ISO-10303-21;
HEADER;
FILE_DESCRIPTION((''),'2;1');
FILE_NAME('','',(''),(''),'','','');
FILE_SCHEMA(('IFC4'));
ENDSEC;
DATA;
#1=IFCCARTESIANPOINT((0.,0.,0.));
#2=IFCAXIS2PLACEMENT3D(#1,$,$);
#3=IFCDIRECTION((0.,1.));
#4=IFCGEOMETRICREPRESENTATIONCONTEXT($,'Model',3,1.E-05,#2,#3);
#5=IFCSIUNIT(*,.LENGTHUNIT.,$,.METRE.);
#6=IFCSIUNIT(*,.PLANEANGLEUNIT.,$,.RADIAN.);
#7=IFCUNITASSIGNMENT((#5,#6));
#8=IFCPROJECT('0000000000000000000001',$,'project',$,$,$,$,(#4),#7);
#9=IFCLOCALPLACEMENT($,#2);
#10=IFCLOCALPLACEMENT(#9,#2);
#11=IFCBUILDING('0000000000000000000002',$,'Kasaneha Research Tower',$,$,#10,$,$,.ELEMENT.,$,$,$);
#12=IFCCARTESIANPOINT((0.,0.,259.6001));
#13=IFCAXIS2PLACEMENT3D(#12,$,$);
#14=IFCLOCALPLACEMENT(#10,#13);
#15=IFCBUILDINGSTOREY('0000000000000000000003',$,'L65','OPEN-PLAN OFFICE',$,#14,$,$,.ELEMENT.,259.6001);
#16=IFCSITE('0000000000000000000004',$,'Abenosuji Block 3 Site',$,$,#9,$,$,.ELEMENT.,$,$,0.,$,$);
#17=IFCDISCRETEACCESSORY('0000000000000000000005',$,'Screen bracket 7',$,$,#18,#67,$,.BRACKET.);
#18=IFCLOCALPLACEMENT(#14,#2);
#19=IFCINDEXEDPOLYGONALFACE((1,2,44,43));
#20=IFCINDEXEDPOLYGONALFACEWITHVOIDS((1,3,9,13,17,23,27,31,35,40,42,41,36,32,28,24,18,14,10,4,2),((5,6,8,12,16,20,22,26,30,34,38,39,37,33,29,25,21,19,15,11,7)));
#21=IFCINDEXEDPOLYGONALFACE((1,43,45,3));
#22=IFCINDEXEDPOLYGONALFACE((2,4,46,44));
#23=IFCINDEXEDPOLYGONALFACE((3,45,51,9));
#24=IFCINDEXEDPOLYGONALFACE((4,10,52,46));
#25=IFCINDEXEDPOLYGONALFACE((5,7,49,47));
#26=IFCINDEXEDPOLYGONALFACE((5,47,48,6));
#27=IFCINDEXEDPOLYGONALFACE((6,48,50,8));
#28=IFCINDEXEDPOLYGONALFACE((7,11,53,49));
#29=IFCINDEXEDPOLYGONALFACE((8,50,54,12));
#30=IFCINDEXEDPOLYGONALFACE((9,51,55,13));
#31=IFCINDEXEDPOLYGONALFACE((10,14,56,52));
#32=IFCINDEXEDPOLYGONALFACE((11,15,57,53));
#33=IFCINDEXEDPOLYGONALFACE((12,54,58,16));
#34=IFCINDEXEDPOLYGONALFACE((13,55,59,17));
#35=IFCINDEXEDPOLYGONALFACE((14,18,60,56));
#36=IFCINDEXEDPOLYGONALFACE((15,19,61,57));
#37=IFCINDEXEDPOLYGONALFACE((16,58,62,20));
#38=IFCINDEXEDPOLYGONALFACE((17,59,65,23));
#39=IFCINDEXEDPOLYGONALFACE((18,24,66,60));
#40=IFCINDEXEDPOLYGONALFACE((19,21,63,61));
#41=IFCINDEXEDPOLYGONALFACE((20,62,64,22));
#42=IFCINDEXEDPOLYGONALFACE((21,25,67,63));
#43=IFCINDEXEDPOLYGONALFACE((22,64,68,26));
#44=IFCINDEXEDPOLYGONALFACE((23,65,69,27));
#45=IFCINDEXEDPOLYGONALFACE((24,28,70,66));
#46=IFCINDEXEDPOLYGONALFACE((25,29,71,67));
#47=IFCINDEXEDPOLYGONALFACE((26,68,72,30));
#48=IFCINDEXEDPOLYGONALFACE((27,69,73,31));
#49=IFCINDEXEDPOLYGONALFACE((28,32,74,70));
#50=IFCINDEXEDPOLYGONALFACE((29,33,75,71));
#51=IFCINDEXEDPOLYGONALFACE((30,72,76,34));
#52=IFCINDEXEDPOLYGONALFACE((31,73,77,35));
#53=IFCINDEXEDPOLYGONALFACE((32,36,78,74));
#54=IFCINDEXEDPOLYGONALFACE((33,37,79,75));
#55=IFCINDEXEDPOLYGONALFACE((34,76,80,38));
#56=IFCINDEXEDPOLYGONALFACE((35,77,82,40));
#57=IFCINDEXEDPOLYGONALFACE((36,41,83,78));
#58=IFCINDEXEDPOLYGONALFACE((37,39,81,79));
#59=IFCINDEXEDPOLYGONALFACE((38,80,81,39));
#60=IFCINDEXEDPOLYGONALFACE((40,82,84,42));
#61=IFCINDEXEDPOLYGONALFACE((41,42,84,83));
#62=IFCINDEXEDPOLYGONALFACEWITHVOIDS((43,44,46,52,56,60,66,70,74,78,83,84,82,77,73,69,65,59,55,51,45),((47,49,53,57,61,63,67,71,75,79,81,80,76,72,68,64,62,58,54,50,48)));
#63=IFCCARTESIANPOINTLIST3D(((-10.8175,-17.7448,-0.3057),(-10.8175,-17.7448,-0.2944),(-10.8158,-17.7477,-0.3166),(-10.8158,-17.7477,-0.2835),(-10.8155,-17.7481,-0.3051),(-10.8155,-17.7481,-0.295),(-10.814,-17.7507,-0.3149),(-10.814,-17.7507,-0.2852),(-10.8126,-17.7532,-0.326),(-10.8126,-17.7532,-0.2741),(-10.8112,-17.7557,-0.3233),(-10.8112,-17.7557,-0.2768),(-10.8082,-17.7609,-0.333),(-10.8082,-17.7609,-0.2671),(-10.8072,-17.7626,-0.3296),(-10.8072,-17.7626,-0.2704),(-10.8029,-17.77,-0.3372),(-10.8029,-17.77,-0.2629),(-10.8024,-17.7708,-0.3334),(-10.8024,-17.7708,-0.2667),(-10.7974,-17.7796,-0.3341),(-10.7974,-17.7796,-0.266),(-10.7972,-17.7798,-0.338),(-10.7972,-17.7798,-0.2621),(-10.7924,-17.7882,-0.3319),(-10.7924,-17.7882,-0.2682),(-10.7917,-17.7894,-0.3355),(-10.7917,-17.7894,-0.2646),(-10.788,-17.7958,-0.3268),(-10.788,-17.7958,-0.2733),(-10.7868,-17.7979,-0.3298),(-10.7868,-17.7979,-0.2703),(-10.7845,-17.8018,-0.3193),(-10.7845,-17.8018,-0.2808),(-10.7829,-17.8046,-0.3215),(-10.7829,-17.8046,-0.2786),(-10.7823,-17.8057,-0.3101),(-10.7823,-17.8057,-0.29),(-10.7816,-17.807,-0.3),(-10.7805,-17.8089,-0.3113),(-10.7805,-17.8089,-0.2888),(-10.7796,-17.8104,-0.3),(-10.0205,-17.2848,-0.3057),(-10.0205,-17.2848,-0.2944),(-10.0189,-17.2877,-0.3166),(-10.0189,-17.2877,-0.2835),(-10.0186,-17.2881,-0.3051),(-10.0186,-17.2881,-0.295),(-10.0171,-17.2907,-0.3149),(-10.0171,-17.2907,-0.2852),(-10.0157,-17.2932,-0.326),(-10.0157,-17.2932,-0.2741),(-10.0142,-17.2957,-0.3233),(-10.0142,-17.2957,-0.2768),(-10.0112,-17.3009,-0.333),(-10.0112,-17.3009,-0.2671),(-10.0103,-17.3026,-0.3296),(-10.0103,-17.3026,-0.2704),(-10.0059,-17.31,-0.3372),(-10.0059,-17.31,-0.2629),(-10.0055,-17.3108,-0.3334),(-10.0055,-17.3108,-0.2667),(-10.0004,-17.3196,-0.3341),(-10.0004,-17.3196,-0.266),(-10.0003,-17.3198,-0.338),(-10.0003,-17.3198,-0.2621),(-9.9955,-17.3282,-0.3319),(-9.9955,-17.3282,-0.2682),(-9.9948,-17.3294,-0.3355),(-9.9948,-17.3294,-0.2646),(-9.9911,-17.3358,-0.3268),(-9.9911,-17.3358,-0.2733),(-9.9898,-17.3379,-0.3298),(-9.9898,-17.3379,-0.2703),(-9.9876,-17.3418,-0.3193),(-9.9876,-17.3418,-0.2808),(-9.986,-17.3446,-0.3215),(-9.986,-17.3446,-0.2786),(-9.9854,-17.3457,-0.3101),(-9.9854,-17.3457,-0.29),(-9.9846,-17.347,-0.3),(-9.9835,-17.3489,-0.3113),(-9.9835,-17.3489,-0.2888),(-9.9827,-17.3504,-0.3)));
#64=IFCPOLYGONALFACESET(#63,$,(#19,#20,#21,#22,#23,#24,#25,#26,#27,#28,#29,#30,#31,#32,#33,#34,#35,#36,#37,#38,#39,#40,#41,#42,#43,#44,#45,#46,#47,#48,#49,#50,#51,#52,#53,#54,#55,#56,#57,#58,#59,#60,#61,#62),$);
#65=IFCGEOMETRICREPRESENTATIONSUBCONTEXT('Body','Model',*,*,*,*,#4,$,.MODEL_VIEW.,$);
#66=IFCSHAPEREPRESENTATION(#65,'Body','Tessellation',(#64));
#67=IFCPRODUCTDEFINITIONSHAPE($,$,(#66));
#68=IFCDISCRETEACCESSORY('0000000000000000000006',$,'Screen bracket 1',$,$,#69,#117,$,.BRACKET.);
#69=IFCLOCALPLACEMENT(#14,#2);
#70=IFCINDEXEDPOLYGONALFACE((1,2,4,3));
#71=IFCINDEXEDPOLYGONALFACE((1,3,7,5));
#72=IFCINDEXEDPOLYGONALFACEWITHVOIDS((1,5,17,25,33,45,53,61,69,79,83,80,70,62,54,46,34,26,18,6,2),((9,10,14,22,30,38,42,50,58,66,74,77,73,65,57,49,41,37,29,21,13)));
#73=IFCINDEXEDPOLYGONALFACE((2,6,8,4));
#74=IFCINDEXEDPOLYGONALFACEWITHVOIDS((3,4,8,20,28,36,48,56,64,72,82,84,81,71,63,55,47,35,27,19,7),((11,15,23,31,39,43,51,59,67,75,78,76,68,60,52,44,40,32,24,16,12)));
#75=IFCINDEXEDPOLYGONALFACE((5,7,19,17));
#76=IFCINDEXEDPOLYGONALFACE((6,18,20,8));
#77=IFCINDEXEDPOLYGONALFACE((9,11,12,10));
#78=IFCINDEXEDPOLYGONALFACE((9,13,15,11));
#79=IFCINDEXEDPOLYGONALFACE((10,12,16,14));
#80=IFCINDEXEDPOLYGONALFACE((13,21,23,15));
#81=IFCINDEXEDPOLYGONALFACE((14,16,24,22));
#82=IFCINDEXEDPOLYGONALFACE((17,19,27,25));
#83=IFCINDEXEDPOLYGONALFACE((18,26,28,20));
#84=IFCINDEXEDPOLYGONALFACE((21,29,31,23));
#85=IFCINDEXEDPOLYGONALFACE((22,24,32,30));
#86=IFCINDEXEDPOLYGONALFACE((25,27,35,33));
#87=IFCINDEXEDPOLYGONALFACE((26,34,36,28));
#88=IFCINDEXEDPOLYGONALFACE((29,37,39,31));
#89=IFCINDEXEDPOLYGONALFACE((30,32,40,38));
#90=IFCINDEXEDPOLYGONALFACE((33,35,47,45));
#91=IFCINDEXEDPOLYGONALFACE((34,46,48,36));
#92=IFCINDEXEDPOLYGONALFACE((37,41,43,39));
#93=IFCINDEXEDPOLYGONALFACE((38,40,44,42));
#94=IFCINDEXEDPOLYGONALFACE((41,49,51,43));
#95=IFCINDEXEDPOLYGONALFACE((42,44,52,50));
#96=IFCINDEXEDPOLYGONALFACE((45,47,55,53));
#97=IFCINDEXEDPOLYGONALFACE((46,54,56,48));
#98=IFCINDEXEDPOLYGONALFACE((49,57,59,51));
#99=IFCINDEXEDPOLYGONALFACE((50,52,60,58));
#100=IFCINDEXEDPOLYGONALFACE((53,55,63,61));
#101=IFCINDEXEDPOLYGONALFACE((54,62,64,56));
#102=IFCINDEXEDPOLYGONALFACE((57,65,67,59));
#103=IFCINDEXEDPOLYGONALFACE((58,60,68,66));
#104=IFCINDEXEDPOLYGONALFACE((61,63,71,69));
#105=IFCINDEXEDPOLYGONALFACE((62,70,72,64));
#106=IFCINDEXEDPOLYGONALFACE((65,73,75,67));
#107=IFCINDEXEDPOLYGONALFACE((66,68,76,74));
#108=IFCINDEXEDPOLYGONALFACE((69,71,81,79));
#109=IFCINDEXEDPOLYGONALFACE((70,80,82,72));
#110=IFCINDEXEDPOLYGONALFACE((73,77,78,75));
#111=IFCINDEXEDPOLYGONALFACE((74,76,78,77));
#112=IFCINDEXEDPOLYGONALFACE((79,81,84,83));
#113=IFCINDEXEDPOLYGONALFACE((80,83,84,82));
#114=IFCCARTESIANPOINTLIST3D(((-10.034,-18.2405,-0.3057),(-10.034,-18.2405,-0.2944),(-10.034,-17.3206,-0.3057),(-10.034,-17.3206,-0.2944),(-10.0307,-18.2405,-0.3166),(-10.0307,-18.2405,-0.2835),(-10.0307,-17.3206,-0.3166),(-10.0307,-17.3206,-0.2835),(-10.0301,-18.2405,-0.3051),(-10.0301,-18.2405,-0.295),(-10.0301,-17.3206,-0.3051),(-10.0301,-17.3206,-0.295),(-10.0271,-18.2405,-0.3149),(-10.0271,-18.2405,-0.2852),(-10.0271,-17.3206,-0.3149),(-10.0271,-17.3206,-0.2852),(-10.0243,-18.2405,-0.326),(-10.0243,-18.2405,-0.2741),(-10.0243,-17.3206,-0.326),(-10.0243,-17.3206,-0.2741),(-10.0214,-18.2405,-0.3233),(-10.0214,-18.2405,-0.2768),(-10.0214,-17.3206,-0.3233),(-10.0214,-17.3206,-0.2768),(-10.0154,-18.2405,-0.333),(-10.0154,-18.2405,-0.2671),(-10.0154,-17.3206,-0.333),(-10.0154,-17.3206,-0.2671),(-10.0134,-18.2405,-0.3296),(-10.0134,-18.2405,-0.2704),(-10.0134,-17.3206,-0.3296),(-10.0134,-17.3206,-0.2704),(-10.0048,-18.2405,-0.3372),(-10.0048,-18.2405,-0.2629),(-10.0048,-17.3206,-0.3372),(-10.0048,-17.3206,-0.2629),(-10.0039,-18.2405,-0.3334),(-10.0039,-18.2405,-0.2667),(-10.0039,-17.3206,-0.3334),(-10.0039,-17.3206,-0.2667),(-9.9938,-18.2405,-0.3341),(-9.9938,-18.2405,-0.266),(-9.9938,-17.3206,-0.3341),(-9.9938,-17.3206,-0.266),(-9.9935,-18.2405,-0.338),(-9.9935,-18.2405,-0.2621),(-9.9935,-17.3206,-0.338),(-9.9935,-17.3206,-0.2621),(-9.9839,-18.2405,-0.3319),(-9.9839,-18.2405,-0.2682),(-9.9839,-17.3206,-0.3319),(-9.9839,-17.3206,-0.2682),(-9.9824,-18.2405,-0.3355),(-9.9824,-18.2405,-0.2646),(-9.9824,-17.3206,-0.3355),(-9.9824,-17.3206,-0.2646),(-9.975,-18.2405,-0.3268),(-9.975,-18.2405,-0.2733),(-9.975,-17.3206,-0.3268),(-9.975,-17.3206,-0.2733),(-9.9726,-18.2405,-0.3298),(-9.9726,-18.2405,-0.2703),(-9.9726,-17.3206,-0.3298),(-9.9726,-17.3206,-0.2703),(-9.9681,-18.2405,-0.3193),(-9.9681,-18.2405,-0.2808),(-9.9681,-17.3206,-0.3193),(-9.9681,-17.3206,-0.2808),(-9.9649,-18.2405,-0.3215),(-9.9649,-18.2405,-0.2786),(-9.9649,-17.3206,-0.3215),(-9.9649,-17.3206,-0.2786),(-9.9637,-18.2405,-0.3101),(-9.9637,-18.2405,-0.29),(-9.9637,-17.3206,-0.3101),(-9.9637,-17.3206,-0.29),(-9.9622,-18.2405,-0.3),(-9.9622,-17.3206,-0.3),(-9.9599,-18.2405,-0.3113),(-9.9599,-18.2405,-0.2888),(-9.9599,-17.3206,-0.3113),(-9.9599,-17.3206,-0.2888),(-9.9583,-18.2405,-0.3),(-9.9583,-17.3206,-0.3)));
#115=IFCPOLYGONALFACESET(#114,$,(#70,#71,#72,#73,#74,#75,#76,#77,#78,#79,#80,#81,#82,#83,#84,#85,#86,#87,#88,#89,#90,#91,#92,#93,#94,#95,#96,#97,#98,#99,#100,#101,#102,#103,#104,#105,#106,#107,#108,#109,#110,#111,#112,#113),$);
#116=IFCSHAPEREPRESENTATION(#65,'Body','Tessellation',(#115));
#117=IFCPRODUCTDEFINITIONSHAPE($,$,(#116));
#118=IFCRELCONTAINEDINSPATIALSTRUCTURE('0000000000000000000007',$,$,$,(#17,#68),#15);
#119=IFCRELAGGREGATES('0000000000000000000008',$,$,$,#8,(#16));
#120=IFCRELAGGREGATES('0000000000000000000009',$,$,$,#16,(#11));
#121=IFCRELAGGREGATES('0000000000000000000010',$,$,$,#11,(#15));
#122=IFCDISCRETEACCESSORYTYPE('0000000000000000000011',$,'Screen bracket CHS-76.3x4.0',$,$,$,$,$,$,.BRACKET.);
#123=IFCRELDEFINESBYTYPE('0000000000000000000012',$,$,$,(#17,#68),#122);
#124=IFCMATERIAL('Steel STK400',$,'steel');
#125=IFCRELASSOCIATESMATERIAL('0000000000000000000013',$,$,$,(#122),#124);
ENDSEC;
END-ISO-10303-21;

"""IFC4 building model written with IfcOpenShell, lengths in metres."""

from ifc_helpers import new_model, si_unit, direction, frame, origin, origin_2d, place, context, subcontext, project, spatial, hollow_circle, extrude, material, material_profile, profile_set, type_object, element, save


model = new_model("IFC4")

# Units and contexts
model_context = context("Model", 3, precision=1e-05, world=origin(), true_north=direction((0.0, 1.0)))
body_context = subcontext(model_context, "Body", "Model", "MODEL_VIEW")
ifc_project = project(units=[si_unit("LENGTHUNIT", "METRE"), si_unit("PLANEANGLEUNIT", "RADIAN")], contexts=[model_context])

# Site, building, storey
site_placement = place(None, origin())
site = spatial("IfcSite", under=ifc_project, at=site_placement, Name="Abenosuji Block 3 Site", CompositionType="ELEMENT", RefElevation=0.0)
building_placement = place(site_placement, origin())
building = spatial("IfcBuilding", under=site, at=building_placement, Name="Kasaneha Research Tower", CompositionType="ELEMENT")
storey_placement = place(building_placement, frame((0.0, 0.0, 259.6001)))
storey = spatial("IfcBuildingStorey", under=building, at=storey_placement, Name="L65", Description="OPEN-PLAN OFFICE", CompositionType="ELEMENT", Elevation=259.6001)

# Discrete accessories
ifc_material_1 = material(Name="Steel STK400", Category="steel")
ifc_material_profile_1 = material_profile(ifc_material_1, hollow_circle(Radius=0.0381, WallThickness=0.0039, at=origin_2d()), Name="CHS-76.3x4.0")
ifc_profile_set_1 = profile_set([ifc_material_profile_1], Name="Steel STK400")
discrete_accessory_type = type_object("IfcDiscreteAccessoryType", Name="Screen bracket CHS-76.3x4.0", PredefinedType="BRACKET", material=ifc_profile_set_1)
discrete_accessory_1_placement = place(storey_placement, frame((-10.0017, -17.3174, -0.3), z_axis=(-0.86608, -0.499906, 0.0), x_axis=(0.499906, -0.86608, 0.0)))
element("IfcDiscreteAccessory", 1, at=discrete_accessory_1_placement, inside=storey, type_object=discrete_accessory_type, Name="Screen bracket 7", PredefinedType="BRACKET", context=body_context, shape_type="SweptSolid", body=[
    extrude(hollow_circle(Radius=0.0381, WallThickness=0.0039, at=origin_2d()), origin(), (0.0, 0.0, 1.0), 0.9202),
])
discrete_accessory_2_placement = place(storey_placement, frame((-9.9963, -17.3206, -0.3), z_axis=(0.0, -1.0, 0.0), x_axis=(1.0, 0.0, 0.0)))
element("IfcDiscreteAccessory", 2, at=discrete_accessory_2_placement, inside=storey, type_object=discrete_accessory_type, Name="Screen bracket 1", PredefinedType="BRACKET", context=body_context, shape_type="SweptSolid", body=[
    extrude(hollow_circle(Radius=0.0381, WallThickness=0.0039, at=origin_2d()), origin(), (0.0, 0.0, 1.0), 0.9199),
])

save(model, "model.ifc")
